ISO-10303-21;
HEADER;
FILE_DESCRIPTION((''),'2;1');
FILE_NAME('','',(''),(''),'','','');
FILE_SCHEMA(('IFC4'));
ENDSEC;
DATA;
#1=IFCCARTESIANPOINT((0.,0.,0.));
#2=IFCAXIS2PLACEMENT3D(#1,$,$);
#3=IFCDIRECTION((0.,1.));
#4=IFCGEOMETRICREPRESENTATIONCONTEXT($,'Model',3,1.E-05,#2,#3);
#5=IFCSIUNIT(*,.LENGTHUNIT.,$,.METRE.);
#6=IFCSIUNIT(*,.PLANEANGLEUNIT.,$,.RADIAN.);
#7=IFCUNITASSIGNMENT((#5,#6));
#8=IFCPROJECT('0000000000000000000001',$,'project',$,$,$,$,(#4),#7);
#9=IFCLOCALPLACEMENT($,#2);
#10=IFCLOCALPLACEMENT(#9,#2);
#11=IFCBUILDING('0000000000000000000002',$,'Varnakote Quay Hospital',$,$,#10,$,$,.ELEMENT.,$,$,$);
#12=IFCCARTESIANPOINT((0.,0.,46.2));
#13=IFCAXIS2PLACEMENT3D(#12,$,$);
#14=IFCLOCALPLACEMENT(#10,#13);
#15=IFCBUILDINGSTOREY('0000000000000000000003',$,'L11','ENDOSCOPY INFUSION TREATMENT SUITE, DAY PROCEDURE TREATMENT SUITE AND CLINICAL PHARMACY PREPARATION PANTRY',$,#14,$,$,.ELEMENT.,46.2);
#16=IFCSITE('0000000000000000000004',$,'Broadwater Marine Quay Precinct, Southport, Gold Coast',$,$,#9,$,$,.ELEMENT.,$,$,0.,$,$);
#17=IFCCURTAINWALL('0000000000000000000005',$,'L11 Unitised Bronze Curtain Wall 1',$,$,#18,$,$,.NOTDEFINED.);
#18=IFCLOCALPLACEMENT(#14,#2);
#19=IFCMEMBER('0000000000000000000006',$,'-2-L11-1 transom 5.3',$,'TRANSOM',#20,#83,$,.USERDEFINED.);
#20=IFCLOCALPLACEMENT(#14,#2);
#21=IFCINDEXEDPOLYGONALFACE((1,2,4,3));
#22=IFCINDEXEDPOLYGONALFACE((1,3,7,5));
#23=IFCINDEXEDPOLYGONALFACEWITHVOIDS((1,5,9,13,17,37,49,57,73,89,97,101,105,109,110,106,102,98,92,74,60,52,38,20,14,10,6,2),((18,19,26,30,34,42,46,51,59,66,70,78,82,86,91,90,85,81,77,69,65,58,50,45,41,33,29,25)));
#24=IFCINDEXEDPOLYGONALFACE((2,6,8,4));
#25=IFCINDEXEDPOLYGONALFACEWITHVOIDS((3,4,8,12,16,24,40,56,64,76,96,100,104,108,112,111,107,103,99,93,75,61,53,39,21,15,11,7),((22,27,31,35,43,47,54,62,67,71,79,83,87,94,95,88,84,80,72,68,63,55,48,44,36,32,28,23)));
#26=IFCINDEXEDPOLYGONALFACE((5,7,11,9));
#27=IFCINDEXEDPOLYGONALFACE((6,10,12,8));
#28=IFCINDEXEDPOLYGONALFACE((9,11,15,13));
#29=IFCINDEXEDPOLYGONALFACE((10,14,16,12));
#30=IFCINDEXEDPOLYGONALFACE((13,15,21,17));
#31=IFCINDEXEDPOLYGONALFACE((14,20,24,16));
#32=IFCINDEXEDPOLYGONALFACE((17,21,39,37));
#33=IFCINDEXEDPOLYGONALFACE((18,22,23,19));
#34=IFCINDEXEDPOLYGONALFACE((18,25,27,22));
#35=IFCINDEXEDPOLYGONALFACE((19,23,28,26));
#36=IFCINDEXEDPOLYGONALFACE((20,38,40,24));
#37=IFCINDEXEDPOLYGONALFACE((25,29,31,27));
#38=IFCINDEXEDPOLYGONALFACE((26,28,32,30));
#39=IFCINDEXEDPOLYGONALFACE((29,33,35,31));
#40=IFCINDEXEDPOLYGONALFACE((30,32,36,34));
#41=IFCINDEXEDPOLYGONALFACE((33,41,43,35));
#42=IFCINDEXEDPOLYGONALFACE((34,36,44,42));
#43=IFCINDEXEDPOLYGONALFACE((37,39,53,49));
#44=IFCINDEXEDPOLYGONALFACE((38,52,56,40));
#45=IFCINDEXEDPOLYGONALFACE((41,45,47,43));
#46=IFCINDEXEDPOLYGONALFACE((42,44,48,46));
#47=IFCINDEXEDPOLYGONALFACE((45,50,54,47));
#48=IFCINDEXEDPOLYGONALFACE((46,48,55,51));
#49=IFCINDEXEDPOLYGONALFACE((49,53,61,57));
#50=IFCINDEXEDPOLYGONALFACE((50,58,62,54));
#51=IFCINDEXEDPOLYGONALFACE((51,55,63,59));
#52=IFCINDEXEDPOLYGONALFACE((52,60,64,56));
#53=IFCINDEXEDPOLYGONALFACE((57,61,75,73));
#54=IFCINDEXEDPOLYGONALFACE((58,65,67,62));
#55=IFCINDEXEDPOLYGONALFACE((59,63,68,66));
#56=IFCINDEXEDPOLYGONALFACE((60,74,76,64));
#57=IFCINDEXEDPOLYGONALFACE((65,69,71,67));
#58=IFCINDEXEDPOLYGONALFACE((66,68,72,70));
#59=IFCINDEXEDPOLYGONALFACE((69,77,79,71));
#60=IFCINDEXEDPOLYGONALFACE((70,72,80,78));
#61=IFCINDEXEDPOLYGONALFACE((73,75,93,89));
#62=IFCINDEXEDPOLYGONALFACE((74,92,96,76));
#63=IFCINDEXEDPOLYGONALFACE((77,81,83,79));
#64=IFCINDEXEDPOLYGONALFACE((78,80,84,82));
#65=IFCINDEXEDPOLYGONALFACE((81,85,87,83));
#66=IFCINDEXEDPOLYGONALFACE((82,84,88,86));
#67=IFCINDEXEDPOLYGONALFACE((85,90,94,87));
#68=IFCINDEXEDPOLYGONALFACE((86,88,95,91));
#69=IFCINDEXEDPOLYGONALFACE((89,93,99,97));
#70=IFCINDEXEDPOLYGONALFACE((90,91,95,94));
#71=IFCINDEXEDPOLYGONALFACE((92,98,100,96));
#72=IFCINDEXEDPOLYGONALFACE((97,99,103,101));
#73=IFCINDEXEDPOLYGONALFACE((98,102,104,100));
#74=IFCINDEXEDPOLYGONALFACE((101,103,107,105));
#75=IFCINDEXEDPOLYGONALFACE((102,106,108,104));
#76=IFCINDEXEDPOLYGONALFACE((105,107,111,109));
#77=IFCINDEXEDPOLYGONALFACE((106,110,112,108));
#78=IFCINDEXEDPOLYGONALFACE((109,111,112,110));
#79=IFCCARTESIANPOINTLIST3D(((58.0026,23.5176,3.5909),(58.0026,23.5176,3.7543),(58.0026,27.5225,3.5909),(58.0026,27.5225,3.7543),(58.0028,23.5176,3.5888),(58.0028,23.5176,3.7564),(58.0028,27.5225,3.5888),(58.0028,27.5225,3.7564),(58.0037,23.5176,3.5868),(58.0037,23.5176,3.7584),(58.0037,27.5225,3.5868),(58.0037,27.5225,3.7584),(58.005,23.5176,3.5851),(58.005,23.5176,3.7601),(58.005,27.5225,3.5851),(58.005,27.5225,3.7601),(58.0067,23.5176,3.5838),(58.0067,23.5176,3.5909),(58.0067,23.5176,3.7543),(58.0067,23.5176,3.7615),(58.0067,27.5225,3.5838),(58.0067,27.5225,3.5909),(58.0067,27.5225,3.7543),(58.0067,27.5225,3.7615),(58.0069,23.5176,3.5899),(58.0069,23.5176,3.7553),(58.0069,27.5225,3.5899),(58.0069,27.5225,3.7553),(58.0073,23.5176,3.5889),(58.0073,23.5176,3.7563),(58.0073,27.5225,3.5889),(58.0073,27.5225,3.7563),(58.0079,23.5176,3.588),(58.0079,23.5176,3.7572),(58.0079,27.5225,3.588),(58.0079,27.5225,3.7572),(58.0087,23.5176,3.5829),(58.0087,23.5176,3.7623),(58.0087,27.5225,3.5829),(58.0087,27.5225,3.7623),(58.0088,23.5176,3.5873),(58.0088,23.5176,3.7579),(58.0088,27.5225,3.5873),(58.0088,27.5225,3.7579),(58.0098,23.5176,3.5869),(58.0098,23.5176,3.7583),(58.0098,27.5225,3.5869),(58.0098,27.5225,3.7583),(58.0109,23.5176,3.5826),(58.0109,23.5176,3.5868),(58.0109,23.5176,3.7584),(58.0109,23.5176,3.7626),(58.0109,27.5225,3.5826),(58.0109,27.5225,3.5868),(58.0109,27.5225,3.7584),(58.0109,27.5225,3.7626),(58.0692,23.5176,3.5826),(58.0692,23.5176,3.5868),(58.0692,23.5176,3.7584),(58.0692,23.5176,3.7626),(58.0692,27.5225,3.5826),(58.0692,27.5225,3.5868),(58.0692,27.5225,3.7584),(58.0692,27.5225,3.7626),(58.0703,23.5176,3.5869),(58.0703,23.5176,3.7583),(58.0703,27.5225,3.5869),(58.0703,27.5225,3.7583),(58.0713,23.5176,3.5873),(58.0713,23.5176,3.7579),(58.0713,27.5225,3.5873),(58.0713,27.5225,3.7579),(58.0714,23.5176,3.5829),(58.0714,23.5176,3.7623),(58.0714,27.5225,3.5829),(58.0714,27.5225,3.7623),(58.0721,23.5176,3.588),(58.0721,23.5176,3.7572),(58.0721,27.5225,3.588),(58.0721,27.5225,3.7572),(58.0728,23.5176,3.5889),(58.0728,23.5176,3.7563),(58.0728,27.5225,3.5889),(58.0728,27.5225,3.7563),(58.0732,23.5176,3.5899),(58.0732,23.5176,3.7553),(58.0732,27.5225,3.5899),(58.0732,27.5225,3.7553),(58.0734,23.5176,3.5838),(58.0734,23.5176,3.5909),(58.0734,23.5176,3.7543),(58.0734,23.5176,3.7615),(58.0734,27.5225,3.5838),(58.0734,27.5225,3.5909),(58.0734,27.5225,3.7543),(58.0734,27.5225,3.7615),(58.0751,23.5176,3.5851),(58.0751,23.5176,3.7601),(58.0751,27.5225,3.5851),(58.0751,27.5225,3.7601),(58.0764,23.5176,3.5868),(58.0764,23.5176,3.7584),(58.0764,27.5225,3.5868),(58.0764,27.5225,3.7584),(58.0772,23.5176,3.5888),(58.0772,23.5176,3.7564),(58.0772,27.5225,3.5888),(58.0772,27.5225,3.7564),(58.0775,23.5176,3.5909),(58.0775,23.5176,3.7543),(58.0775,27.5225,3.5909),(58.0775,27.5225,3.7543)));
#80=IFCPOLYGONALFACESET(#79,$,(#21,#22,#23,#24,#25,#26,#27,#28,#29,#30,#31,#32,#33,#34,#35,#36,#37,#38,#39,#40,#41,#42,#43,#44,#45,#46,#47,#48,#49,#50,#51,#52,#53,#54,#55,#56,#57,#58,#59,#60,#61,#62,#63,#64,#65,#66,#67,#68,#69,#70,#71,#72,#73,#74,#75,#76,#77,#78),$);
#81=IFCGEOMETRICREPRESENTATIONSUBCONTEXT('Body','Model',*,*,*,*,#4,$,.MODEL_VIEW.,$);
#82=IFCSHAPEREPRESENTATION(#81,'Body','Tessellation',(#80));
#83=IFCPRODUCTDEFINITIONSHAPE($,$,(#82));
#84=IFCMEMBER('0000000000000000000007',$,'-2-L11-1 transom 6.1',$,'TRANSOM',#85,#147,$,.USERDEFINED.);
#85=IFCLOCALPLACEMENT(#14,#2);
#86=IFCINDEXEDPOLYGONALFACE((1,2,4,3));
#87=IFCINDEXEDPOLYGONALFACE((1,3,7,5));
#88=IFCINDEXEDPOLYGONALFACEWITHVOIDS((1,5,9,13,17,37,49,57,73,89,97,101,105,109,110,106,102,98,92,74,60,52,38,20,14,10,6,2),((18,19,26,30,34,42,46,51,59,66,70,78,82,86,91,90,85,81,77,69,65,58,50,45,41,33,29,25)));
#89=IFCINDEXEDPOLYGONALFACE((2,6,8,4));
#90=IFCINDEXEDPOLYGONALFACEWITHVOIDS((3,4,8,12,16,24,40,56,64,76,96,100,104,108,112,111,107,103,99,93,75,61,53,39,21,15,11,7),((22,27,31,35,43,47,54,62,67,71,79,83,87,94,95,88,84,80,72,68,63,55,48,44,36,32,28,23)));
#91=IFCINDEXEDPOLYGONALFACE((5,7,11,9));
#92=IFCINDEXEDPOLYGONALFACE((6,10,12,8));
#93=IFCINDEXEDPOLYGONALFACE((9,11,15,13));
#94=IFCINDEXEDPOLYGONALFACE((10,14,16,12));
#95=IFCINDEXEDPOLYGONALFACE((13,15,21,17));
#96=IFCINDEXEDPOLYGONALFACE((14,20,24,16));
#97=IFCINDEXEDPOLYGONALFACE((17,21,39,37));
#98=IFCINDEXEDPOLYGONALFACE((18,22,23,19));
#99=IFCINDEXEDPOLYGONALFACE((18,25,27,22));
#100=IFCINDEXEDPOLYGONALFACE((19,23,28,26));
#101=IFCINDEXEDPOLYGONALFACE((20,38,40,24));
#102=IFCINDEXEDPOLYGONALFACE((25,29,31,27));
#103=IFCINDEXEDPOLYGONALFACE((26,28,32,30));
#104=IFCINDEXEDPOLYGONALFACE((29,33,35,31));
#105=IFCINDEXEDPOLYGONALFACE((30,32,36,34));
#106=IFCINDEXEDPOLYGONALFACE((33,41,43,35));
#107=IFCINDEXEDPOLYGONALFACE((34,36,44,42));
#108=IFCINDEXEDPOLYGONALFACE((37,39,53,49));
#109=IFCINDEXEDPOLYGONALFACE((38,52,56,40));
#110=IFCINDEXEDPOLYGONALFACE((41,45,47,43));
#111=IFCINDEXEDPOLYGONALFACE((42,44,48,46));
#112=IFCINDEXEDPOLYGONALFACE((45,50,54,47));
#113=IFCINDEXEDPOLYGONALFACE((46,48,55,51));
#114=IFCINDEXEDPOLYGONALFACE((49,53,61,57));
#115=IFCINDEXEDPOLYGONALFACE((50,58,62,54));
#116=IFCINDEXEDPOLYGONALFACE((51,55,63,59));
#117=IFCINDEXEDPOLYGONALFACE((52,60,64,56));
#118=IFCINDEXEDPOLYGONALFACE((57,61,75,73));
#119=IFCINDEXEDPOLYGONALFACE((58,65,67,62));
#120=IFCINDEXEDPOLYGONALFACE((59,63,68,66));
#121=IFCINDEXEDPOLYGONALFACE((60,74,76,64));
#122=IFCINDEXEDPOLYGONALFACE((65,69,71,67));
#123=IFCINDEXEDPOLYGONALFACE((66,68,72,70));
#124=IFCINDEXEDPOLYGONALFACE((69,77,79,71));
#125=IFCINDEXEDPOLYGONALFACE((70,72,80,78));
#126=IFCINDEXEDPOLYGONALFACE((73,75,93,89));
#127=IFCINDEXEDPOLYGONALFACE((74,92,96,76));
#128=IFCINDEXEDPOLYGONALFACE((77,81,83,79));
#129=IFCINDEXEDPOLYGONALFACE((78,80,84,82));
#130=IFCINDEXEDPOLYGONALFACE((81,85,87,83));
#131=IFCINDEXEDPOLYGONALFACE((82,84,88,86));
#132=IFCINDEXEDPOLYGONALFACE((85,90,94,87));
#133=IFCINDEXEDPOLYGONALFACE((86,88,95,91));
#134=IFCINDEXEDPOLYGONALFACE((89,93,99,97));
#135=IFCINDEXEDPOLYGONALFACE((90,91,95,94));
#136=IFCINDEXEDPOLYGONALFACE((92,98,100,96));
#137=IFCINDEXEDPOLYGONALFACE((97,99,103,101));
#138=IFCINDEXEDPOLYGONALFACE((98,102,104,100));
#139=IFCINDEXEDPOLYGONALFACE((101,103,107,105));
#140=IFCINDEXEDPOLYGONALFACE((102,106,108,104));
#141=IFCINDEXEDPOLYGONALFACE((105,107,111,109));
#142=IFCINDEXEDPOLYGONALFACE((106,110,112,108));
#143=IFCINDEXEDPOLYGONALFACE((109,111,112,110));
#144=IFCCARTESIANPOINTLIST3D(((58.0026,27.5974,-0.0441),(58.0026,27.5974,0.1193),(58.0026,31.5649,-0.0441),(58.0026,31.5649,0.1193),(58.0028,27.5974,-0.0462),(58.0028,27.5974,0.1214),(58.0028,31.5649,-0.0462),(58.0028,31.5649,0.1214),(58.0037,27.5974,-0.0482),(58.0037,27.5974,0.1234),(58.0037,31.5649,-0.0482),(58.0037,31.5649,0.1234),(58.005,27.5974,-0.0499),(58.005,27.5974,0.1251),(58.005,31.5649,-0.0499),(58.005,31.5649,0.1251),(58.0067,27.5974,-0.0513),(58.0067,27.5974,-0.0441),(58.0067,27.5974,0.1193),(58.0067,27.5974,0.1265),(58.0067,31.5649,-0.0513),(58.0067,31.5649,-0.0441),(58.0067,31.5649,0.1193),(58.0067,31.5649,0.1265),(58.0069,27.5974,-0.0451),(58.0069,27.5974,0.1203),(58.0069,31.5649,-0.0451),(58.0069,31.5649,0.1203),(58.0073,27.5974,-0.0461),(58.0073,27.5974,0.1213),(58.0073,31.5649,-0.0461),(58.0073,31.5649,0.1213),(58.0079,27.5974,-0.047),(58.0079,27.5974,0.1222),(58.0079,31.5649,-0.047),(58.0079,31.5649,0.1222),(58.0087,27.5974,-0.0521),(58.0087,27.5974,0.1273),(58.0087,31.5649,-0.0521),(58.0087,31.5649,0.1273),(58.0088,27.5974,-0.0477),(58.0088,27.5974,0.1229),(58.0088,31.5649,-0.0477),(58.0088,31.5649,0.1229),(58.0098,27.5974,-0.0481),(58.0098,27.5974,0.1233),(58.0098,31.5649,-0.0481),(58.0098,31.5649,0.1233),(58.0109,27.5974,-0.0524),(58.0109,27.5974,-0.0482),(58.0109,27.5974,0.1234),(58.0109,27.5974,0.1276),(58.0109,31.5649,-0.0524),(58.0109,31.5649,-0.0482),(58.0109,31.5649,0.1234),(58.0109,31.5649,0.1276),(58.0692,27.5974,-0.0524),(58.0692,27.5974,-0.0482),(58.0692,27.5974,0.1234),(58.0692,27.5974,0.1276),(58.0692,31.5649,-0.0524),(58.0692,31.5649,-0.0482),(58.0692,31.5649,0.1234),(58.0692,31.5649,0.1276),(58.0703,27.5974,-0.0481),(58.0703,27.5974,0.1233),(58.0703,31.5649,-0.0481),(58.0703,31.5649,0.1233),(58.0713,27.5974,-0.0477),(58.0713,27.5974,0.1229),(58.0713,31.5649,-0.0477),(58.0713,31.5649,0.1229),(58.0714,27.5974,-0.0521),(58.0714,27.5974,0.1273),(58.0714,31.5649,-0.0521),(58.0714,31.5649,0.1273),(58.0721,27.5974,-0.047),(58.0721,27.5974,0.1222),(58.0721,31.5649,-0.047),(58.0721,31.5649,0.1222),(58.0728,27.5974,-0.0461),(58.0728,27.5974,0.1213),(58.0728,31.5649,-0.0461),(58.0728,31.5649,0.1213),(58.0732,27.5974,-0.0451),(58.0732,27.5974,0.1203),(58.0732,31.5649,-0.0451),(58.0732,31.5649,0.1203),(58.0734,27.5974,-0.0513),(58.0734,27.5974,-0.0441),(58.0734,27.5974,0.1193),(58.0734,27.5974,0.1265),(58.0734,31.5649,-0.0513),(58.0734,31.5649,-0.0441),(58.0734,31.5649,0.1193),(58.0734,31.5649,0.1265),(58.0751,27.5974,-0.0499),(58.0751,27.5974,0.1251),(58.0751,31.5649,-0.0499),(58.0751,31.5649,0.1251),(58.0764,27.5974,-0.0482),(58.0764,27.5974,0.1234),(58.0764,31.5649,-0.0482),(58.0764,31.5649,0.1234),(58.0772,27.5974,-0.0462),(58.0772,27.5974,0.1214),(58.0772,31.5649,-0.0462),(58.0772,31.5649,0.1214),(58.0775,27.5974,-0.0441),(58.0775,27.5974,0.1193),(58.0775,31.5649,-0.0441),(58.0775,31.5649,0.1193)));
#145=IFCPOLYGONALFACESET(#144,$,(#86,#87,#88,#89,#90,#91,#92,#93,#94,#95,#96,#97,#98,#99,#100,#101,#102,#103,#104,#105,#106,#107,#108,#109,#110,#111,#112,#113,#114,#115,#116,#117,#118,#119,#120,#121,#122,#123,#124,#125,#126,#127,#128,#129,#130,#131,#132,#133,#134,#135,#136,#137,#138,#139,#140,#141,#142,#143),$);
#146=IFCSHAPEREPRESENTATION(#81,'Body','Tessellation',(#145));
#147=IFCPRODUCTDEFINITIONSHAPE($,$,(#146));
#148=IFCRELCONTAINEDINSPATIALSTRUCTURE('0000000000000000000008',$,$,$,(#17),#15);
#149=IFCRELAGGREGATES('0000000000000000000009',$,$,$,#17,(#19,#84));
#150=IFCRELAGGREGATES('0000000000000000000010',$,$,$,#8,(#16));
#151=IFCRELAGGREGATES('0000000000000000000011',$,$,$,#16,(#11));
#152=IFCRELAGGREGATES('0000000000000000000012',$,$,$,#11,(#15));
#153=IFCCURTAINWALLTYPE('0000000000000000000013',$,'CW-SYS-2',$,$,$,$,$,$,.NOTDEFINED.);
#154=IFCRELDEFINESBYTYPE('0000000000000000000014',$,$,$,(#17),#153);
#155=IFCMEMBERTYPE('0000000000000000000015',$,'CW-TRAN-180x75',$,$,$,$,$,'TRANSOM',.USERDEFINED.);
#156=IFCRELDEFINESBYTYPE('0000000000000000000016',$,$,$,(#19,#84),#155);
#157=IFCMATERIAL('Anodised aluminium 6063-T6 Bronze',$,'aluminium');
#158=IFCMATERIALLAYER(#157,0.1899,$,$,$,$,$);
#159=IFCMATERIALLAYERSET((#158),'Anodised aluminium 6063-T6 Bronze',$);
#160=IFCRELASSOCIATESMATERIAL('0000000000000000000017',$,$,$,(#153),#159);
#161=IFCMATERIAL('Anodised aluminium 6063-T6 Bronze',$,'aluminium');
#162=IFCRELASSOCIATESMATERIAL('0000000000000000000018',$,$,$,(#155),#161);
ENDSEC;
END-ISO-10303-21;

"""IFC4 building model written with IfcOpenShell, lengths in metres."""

from ifc_helpers import new_model, si_unit, direction, frame, origin, origin_2d, place, context, subcontext, project, spatial, hollow_rectangle, extrude, material, layer, layer_set, material_profile, profile_set, type_object, element, aggregate, save


model = new_model("IFC4")

# Units and contexts
model_context = context("Model", 3, precision=1e-05, world=origin(), true_north=direction((0.0, 1.0)))
body_context = subcontext(model_context, "Body", "Model", "MODEL_VIEW")
ifc_project = project(units=[si_unit("LENGTHUNIT", "METRE"), si_unit("PLANEANGLEUNIT", "RADIAN")], contexts=[model_context])

# Site, building, storey
site_placement = place(None, origin())
site = spatial("IfcSite", under=ifc_project, at=site_placement, Name="Broadwater Marine Quay Precinct, Southport, Gold Coast", CompositionType="ELEMENT", RefElevation=0.0)
building_placement = place(site_placement, origin())
building = spatial("IfcBuilding", under=site, at=building_placement, Name="Varnakote Quay Hospital", CompositionType="ELEMENT")
storey_placement = place(building_placement, frame((0.0, 0.0, 46.2)))
storey = spatial("IfcBuildingStorey", under=building, at=storey_placement, Name="L11", Description="ENDOSCOPY INFUSION TREATMENT SUITE, DAY PROCEDURE TREATMENT SUITE AND CLINICAL PHARMACY PREPARATION PANTRY", CompositionType="ELEMENT", Elevation=46.2)

# Curtain wall, members
ifc_material_1 = material(Name="Anodised aluminium 6063-T6 Bronze", Category="aluminium")
ifc_layer_1 = layer(ifc_material_1, 0.1899)
ifc_layer_set_1 = layer_set([ifc_layer_1], Name="Anodised aluminium 6063-T6 Bronze")
curtain_wall_type = type_object("IfcCurtainWallType", Name="CW-SYS-2", PredefinedType="NOTDEFINED", material=ifc_layer_set_1)
curtain_wall_placement = place(storey_placement, origin())
curtain_wall = element("IfcCurtainWall", 1, at=curtain_wall_placement, inside=storey, type_object=curtain_wall_type, Name="L11 Unitised Bronze Curtain Wall 1", PredefinedType="NOTDEFINED")
ifc_material_2 = material(Name="Anodised aluminium 6063-T6 Bronze", Category="aluminium")
ifc_material_profile_1 = material_profile(ifc_material_2, hollow_rectangle(XDim=0.075, YDim=0.1799, WallThickness=0.0042, InnerFilletRadius=0.0042, OuterFilletRadius=0.0083, at=origin_2d()), Name="CW-TRAN-180x75")
ifc_profile_set_1 = profile_set([ifc_material_profile_1], Name="Anodised aluminium 6063-T6 Bronze")
member_type_1 = type_object("IfcMemberType", Name="CW-TRAN-180x75", ElementType="TRANSOM", PredefinedType="USERDEFINED", material=ifc_profile_set_1)
member_1_placement = place(storey_placement, frame((58.04, 23.5176, 3.6726), z_axis=(0.0, 1.0, 0.0), x_axis=(-1.0, 0.0, 0.0)))
member_1 = element("IfcMember", 2, at=member_1_placement, type_object=member_type_1, Name="-2-L11-1 transom 5.3", ObjectType="TRANSOM", PredefinedType="USERDEFINED", context=body_context, shape_type="SweptSolid", body=[
    extrude(hollow_rectangle(XDim=0.075, YDim=0.1799, WallThickness=0.0042, InnerFilletRadius=0.0042, OuterFilletRadius=0.0083, at=origin_2d()), origin(), (0.0, 0.0, 1.0), 4.0049),
])
member_2_placement = place(storey_placement, frame((58.04, 27.5974, 0.0376), z_axis=(0.0, 1.0, 0.0), x_axis=(-1.0, 0.0, 0.0)))
member_2 = element("IfcMember", 3, at=member_2_placement, type_object=member_type_1, Name="-2-L11-1 transom 6.1", ObjectType="TRANSOM", PredefinedType="USERDEFINED", context=body_context, shape_type="SweptSolid", body=[
    extrude(hollow_rectangle(XDim=0.075, YDim=0.1799, WallThickness=0.0042, InnerFilletRadius=0.0042, OuterFilletRadius=0.0083, at=origin_2d()), origin(), (0.0, 0.0, 1.0), 3.9675),
])
aggregate(curtain_wall, [member_1, member_2])

save(model, "model.ifc")
